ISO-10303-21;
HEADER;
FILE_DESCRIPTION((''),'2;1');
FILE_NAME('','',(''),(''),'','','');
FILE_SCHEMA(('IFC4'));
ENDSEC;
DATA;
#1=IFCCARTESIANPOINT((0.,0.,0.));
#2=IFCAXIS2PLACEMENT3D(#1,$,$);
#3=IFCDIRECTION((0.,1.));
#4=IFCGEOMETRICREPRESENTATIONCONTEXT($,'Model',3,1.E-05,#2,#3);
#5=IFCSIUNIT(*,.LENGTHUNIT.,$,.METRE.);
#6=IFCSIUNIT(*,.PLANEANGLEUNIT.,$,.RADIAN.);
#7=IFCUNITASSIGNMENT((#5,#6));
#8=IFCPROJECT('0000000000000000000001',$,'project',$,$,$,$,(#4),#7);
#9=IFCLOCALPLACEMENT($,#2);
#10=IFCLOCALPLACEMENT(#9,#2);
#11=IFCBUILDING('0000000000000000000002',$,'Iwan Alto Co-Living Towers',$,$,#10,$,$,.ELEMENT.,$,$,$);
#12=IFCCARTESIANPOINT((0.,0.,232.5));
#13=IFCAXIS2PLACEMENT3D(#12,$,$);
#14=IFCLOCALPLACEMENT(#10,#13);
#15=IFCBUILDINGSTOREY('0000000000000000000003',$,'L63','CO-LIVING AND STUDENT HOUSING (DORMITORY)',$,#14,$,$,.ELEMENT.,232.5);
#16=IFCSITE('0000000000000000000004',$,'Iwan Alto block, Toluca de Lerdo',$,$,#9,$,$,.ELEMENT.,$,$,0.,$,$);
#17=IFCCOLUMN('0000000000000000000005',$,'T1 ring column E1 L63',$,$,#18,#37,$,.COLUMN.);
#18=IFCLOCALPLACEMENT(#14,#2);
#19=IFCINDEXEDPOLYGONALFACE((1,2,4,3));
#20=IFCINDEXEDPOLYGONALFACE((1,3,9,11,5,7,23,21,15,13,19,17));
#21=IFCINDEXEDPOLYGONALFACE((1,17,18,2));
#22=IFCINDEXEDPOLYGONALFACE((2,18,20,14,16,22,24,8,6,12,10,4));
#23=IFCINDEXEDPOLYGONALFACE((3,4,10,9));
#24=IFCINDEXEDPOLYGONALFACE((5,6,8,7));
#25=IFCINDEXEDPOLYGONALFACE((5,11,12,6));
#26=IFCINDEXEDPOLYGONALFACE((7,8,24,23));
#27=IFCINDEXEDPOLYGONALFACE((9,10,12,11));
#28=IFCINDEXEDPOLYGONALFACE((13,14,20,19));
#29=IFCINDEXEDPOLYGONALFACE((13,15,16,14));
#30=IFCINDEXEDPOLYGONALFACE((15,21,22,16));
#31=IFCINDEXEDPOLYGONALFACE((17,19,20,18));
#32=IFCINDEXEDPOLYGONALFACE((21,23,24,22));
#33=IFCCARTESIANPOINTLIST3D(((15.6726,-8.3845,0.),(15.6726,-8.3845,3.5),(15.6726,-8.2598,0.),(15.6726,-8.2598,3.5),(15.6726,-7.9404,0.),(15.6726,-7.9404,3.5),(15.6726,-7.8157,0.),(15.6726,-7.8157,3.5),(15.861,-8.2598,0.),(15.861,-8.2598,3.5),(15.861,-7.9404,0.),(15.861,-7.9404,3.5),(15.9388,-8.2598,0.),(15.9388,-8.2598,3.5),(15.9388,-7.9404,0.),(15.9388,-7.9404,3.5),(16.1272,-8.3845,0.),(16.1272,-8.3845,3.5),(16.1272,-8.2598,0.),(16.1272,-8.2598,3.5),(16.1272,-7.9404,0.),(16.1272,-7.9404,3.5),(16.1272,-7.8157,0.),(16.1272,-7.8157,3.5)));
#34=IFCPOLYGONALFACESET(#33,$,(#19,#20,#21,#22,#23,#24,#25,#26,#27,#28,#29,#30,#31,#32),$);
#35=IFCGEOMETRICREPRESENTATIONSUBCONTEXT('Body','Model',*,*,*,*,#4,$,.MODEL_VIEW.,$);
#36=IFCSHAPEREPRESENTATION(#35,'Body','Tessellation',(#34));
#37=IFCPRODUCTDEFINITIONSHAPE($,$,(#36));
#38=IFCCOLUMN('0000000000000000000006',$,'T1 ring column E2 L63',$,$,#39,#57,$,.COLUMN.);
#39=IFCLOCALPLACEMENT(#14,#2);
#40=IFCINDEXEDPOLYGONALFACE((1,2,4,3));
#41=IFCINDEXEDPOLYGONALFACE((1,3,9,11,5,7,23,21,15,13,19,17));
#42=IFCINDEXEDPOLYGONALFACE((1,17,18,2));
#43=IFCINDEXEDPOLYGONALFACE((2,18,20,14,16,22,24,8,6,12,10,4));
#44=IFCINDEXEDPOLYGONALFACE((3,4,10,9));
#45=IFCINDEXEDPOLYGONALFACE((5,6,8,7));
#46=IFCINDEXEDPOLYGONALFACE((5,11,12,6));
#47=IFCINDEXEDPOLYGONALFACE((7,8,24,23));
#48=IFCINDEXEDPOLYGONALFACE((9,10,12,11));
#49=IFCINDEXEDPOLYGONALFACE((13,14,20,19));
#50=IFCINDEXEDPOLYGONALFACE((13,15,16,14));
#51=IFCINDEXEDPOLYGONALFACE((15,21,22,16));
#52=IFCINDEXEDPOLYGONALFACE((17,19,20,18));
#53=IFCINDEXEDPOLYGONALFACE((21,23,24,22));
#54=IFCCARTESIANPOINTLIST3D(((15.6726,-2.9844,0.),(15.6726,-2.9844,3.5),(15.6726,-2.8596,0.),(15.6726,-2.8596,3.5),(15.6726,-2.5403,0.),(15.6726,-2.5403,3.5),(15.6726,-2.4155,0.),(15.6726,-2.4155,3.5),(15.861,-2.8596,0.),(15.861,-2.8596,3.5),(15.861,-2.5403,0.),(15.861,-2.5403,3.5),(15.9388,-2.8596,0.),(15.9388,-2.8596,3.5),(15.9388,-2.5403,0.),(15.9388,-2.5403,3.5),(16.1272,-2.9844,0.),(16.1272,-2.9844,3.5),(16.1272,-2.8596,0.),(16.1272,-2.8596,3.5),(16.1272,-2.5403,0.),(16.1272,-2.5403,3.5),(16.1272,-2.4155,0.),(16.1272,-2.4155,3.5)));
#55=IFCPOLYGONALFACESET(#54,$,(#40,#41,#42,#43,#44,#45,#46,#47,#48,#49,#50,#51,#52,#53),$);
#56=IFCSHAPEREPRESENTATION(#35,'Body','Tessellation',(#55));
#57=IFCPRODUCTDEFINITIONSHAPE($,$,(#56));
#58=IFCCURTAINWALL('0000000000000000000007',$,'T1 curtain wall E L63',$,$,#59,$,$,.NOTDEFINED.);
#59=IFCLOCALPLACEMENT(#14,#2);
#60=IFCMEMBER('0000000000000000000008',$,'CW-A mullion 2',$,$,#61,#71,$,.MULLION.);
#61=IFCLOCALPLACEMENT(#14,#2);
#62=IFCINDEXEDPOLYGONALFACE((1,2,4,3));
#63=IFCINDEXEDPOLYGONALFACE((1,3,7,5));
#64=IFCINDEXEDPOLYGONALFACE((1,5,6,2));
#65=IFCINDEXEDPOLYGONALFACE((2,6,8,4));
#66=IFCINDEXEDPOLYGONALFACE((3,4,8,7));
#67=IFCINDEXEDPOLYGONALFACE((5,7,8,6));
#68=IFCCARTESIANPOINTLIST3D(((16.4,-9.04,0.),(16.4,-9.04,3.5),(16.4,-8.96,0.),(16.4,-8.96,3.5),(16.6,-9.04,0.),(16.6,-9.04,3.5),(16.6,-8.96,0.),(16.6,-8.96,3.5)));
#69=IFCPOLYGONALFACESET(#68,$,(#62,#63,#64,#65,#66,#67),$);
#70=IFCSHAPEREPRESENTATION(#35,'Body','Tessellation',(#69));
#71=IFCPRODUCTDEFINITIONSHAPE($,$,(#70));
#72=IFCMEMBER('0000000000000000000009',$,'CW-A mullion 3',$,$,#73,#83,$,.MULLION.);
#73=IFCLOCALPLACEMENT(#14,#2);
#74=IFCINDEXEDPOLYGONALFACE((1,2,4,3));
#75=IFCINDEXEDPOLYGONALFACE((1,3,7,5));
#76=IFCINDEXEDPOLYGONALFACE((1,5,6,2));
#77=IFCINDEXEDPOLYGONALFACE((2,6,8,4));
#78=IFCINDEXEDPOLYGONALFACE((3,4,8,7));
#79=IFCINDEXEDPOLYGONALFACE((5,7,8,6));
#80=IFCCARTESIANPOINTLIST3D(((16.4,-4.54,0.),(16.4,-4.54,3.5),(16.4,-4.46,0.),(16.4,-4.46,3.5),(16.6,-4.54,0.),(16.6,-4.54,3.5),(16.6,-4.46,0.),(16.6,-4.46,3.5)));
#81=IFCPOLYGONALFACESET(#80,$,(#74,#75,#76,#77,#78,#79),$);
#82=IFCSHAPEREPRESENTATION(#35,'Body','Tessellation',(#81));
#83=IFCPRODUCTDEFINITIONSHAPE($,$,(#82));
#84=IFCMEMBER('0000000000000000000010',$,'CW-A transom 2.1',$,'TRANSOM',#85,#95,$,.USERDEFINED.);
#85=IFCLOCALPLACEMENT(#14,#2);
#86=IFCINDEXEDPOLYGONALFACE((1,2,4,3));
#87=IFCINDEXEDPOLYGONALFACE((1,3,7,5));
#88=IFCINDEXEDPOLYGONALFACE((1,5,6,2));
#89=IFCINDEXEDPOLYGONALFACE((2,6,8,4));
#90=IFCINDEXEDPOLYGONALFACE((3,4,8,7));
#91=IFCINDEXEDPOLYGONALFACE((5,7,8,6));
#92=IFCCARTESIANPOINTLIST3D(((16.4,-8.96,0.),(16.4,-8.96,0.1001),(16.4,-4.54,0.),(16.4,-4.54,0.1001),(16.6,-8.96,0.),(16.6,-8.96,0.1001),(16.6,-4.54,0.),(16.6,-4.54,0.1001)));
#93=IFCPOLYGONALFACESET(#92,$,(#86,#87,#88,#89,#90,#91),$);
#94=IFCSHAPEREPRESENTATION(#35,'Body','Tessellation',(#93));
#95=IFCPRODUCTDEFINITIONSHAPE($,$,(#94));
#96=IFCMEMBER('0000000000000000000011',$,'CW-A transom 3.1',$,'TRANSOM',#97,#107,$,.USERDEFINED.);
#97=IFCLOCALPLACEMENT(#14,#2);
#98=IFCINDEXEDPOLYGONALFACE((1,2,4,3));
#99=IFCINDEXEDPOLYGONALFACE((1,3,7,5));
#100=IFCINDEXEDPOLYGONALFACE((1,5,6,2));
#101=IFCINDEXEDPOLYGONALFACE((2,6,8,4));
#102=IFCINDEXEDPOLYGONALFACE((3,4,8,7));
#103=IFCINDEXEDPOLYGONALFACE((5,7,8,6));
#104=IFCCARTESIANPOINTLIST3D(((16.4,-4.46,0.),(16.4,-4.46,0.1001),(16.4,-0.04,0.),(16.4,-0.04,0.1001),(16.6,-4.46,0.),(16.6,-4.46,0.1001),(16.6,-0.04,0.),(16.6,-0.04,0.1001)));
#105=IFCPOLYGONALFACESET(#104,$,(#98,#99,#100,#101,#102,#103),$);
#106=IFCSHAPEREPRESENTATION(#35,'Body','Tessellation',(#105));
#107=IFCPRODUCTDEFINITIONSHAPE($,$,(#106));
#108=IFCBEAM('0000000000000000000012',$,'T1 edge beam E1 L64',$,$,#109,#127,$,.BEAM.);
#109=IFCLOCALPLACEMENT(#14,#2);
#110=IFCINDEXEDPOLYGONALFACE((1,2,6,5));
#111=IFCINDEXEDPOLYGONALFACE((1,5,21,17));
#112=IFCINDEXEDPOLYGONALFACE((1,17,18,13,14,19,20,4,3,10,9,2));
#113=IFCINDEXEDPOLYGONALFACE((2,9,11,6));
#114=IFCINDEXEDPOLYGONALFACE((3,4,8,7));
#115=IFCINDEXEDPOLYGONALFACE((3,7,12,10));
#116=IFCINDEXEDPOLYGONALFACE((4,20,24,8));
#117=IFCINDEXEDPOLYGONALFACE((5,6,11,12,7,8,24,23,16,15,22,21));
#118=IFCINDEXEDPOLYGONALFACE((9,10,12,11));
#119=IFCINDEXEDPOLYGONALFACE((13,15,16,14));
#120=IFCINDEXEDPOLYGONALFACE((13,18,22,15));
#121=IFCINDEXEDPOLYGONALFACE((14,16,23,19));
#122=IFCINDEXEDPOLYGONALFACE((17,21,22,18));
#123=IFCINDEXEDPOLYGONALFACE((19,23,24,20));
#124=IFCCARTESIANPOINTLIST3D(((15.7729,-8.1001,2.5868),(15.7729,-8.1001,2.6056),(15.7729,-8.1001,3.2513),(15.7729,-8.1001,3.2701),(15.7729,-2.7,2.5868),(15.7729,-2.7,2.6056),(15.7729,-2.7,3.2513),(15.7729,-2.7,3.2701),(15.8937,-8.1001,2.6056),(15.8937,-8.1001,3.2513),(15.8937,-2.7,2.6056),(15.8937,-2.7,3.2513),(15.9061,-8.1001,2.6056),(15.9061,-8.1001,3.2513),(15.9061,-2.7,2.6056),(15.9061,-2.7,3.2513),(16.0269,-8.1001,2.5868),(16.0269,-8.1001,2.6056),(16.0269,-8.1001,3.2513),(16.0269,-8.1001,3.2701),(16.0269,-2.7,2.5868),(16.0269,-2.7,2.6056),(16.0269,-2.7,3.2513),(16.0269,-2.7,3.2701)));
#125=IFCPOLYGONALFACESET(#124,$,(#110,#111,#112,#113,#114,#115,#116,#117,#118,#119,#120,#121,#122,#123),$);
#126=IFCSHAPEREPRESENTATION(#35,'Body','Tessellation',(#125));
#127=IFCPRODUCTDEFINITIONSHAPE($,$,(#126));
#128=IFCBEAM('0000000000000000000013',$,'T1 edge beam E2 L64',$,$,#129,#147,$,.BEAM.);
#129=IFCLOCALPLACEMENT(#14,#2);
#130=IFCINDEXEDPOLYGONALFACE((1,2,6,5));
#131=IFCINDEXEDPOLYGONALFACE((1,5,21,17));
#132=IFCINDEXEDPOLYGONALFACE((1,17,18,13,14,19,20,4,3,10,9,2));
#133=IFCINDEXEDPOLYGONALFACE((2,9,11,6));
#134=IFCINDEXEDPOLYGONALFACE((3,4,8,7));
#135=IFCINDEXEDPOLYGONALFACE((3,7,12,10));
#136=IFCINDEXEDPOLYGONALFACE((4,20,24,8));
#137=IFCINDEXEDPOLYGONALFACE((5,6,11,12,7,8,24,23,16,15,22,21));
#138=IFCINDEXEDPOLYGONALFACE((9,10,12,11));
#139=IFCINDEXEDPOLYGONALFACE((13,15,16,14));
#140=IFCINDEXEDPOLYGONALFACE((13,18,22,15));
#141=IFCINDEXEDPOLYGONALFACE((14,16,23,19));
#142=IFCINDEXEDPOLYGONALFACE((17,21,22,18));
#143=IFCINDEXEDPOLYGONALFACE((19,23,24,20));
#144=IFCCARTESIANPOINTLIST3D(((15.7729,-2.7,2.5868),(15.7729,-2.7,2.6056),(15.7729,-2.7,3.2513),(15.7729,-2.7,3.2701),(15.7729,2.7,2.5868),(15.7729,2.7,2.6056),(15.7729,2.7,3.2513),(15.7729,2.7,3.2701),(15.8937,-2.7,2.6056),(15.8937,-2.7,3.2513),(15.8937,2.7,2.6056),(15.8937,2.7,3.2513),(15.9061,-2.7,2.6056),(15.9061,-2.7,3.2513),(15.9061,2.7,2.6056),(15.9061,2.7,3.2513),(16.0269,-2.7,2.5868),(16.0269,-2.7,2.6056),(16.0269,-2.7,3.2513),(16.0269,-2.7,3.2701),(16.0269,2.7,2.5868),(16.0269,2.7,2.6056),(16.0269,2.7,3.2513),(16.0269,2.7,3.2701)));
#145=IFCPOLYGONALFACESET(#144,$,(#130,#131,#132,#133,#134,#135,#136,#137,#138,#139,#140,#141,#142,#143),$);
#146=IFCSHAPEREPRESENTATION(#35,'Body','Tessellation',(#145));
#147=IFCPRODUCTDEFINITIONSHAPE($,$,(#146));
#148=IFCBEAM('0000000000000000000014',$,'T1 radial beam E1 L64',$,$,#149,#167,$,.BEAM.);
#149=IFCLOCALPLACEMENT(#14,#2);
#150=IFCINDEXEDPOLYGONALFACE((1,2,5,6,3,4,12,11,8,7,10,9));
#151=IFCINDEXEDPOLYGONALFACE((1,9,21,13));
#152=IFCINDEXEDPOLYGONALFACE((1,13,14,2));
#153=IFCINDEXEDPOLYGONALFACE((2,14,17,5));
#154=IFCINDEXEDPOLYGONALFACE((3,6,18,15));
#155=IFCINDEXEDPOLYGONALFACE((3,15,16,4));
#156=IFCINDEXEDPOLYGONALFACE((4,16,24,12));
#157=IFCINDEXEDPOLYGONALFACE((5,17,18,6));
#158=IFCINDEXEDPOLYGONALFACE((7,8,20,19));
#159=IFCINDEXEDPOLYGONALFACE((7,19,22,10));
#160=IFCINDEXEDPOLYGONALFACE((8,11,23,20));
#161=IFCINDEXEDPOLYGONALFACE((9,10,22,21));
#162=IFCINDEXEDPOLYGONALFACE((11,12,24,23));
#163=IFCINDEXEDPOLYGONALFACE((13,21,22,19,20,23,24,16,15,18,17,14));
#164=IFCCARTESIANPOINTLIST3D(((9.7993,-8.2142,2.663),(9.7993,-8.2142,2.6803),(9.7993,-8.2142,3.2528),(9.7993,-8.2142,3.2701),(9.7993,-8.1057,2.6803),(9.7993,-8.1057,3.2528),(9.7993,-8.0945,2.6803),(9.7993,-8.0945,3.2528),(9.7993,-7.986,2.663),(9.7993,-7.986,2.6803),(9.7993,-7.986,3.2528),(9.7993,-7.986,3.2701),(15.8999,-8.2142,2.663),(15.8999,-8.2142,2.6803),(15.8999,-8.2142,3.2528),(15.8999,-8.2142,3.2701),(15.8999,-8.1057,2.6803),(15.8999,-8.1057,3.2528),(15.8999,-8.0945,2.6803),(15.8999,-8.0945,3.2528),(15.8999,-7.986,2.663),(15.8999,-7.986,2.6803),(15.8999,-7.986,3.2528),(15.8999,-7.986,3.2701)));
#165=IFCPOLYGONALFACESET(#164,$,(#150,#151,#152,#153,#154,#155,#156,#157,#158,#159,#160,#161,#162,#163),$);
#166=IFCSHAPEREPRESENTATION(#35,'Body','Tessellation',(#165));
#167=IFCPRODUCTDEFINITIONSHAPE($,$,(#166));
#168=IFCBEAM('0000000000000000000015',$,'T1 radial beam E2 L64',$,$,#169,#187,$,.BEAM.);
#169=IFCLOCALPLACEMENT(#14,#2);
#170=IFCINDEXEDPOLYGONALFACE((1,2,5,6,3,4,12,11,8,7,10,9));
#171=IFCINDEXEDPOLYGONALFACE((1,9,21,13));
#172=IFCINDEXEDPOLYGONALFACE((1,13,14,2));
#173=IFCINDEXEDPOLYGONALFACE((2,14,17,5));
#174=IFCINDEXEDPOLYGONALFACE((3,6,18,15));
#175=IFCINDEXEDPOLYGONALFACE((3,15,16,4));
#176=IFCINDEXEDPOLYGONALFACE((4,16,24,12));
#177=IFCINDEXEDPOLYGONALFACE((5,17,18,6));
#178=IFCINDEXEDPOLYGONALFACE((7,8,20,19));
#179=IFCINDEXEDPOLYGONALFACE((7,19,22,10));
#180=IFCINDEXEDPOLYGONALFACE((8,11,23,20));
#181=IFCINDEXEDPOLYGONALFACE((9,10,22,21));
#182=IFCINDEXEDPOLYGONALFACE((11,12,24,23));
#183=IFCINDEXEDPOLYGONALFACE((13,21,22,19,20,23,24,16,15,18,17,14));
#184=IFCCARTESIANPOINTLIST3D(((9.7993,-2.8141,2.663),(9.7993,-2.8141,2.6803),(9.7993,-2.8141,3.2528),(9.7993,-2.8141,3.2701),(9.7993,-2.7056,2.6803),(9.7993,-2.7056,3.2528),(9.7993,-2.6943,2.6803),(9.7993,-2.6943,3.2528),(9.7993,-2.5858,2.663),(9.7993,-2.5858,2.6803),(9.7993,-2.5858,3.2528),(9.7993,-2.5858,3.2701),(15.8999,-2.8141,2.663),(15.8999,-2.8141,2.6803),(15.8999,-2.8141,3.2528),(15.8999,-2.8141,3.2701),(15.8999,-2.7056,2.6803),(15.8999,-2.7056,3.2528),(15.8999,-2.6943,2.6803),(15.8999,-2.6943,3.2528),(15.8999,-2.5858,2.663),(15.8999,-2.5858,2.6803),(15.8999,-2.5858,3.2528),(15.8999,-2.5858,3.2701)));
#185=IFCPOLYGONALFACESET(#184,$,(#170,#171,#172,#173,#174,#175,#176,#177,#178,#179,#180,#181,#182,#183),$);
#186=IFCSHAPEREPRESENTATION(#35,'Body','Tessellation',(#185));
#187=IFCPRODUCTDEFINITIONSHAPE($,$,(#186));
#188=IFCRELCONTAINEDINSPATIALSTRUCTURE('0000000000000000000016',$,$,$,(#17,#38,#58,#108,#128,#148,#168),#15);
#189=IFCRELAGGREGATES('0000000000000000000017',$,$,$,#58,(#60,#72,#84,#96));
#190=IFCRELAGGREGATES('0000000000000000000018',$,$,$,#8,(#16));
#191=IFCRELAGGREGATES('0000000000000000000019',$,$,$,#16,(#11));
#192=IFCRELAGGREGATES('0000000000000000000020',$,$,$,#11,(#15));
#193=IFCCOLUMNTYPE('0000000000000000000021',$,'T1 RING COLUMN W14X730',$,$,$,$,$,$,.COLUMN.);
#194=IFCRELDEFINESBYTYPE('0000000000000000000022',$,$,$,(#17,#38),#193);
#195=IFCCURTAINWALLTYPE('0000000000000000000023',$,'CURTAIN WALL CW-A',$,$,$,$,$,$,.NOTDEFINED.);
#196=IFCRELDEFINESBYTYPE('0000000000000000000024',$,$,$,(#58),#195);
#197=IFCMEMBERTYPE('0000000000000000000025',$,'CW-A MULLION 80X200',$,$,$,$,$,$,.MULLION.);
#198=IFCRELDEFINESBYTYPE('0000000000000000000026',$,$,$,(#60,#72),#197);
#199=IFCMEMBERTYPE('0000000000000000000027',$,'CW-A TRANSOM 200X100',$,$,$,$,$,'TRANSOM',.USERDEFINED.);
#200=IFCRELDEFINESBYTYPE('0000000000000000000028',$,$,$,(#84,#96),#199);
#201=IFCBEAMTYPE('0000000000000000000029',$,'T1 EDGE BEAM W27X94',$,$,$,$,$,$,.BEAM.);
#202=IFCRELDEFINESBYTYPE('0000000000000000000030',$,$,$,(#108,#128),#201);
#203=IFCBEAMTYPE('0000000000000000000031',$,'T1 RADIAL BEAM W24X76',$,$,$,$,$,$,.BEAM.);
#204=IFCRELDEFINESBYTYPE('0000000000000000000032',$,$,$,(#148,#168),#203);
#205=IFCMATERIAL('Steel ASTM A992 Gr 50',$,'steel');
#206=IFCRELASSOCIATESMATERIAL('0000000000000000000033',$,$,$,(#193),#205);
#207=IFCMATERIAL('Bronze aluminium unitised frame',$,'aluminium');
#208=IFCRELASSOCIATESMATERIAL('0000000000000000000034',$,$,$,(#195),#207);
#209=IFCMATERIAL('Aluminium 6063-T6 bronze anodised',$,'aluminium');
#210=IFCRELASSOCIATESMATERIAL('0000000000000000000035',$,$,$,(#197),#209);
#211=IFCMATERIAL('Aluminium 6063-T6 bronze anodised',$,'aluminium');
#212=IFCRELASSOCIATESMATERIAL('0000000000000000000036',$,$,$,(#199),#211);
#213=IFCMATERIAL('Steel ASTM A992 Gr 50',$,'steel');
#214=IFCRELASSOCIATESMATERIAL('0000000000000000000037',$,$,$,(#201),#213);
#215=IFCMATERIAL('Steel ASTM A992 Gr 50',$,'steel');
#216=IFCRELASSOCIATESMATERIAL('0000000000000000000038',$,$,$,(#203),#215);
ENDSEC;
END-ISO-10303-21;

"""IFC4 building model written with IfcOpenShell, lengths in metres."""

from ifc_helpers import new_model, si_unit, direction, frame, origin, origin_2d, place, context, subcontext, project, spatial, rectangle, i_section, extrude, material, material_profile, profile_set, type_object, element, aggregate, save


model = new_model("IFC4")

# Units and contexts
model_context = context("Model", 3, precision=1e-05, world=origin(), true_north=direction((0.0, 1.0)))
body_context = subcontext(model_context, "Body", "Model", "MODEL_VIEW")
ifc_project = project(units=[si_unit("LENGTHUNIT", "METRE"), si_unit("PLANEANGLEUNIT", "RADIAN")], contexts=[model_context])

# Site, building, storey
site_placement = place(None, origin())
site = spatial("IfcSite", under=ifc_project, at=site_placement, Name="Iwan Alto block, Toluca de Lerdo", CompositionType="ELEMENT", RefElevation=0.0)
building_placement = place(site_placement, origin())
building = spatial("IfcBuilding", under=site, at=building_placement, Name="Iwan Alto Co-Living Towers", CompositionType="ELEMENT")
storey_placement = place(building_placement, frame((0.0, 0.0, 232.5)))
storey = spatial("IfcBuildingStorey", under=building, at=storey_placement, Name="L63", Description="CO-LIVING AND STUDENT HOUSING (DORMITORY)", CompositionType="ELEMENT", Elevation=232.5)

# Columns
ifc_material_1 = material(Name="Steel ASTM A992 Gr 50", Category="steel")
ifc_material_profile_1 = material_profile(ifc_material_1, i_section(OverallWidth=0.4546, OverallDepth=0.5688, WebThickness=0.0779, FlangeThickness=0.1248, at=origin_2d()), Name="W14X730")
ifc_profile_set_1 = profile_set([ifc_material_profile_1], Name="Steel ASTM A992 Gr 50")
column_type = type_object("IfcColumnType", Name="T1 RING COLUMN W14X730", PredefinedType="COLUMN", material=ifc_profile_set_1)
for number, where, z_axis, x_axis, name in (
    (1, (15.8999, -8.1001, 0.0), (0.0, 0.0, 1.0), (1.0, 0.0, 0.0), "T1 ring column E1 L63"),
    (2, (15.8999, -2.7, 0.0), (0.0, 0.0, 1.0), (1.0, 0.0, 0.0), "T1 ring column E2 L63"),
):
    element("IfcColumn", number, at=place(storey_placement, frame(where, z_axis=z_axis, x_axis=x_axis)), inside=storey, type_object=column_type, Name=name, PredefinedType="COLUMN", context=body_context, shape_type="SweptSolid", body=[
        extrude(i_section(OverallWidth=0.4546, OverallDepth=0.5688, WebThickness=0.0779, FlangeThickness=0.1248, at=origin_2d()), origin(), (0.0, 0.0, 1.0), 3.5),
    ])

# Curtain wall, members
ifc_material_2 = material(Name="Bronze aluminium unitised frame", Category="aluminium")
curtain_wall_type = type_object("IfcCurtainWallType", Name="CURTAIN WALL CW-A", PredefinedType="NOTDEFINED", material=ifc_material_2)
curtain_wall_placement = place(storey_placement, origin())
curtain_wall = element("IfcCurtainWall", 3, at=curtain_wall_placement, inside=storey, type_object=curtain_wall_type, Name="T1 curtain wall E L63", PredefinedType="NOTDEFINED")
ifc_material_3 = material(Name="Aluminium 6063-T6 bronze anodised", Category="aluminium")
ifc_material_profile_2 = material_profile(ifc_material_3, rectangle(XDim=0.2, YDim=0.0801, at=origin_2d()), Name="AL 80X200")
ifc_profile_set_2 = profile_set([ifc_material_profile_2], Name="Aluminium 6063-T6 bronze anodised")
member_type_1 = type_object("IfcMemberType", Name="CW-A MULLION 80X200", PredefinedType="MULLION", material=ifc_profile_set_2)
member_1_placement = place(storey_placement, frame((16.5, -9.0, 0.0), z_axis=(0.0, 0.0, 1.0), x_axis=(-1.0, 0.0, 0.0)))
member_1 = element("IfcMember", 4, at=member_1_placement, type_object=member_type_1, Name="CW-A mullion 2", PredefinedType="MULLION", context=body_context, shape_type="SweptSolid", body=[
    extrude(rectangle(XDim=0.2, YDim=0.0801, at=origin_2d()), origin(), (0.0, 0.0, 1.0), 3.5),
])
member_2_placement = place(storey_placement, frame((16.5, -4.5, 0.0), z_axis=(0.0, 0.0, 1.0), x_axis=(-1.0, 0.0, 0.0)))
member_2 = element("IfcMember", 5, at=member_2_placement, type_object=member_type_1, Name="CW-A mullion 3", PredefinedType="MULLION", context=body_context, shape_type="SweptSolid", body=[
    extrude(rectangle(XDim=0.2, YDim=0.0801, at=origin_2d()), origin(), (0.0, 0.0, 1.0), 3.5),
])
ifc_material_4 = material(Name="Aluminium 6063-T6 bronze anodised", Category="aluminium")
ifc_material_profile_3 = material_profile(ifc_material_4, rectangle(XDim=0.2, YDim=0.1001, at=origin_2d()), Name="AL 200X100")
ifc_profile_set_3 = profile_set([ifc_material_profile_3], Name="Aluminium 6063-T6 bronze anodised")
member_type_2 = type_object("IfcMemberType", Name="CW-A TRANSOM 200X100", ElementType="TRANSOM", PredefinedType="USERDEFINED", material=ifc_profile_set_3)
member_3_placement = place(storey_placement, frame((16.5, -8.96, 0.05), z_axis=(0.0, 1.0, 0.0), x_axis=(-1.0, 0.0, 0.0)))
member_3 = element("IfcMember", 6, at=member_3_placement, type_object=member_type_2, Name="CW-A transom 2.1", ObjectType="TRANSOM", PredefinedType="USERDEFINED", context=body_context, shape_type="SweptSolid", body=[
    extrude(rectangle(XDim=0.2, YDim=0.1001, at=origin_2d()), origin(), (0.0, 0.0, 1.0), 4.4199),
])
member_4_placement = place(storey_placement, frame((16.5, -4.46, 0.05), z_axis=(0.0, 1.0, 0.0), x_axis=(-1.0, 0.0, 0.0)))
member_4 = element("IfcMember", 7, at=member_4_placement, type_object=member_type_2, Name="CW-A transom 3.1", ObjectType="TRANSOM", PredefinedType="USERDEFINED", context=body_context, shape_type="SweptSolid", body=[
    extrude(rectangle(XDim=0.2, YDim=0.1001, at=origin_2d()), origin(), (0.0, 0.0, 1.0), 4.4199),
])

# Beams
ifc_material_5 = material(Name="Steel ASTM A992 Gr 50", Category="steel")
ifc_material_profile_4 = material_profile(ifc_material_5, i_section(OverallWidth=0.2539, OverallDepth=0.6833, WebThickness=0.0125, FlangeThickness=0.0188, at=origin_2d()), Name="W27X94")
ifc_profile_set_4 = profile_set([ifc_material_profile_4], Name="Steel ASTM A992 Gr 50")
beam_type_1 = type_object("IfcBeamType", Name="T1 EDGE BEAM W27X94", PredefinedType="BEAM", material=ifc_profile_set_4)
beam_1_placement = place(storey_placement, frame((15.8999, -8.1001, 2.9285), z_axis=(0.0, 1.0, 0.0), x_axis=(-1.0, 0.0, 0.0)))
element("IfcBeam", 8, at=beam_1_placement, inside=storey, type_object=beam_type_1, Name="T1 edge beam E1 L64", PredefinedType="BEAM", context=body_context, shape_type="SweptSolid", body=[
    extrude(i_section(OverallWidth=0.2539, OverallDepth=0.6833, WebThickness=0.0125, FlangeThickness=0.0188, at=origin_2d()), origin(), (0.0, 0.0, 1.0), 5.4001),
])
beam_2_placement = place(storey_placement, frame((15.8999, -2.7, 2.9285), z_axis=(0.0, 1.0, 0.0), x_axis=(-1.0, 0.0, 0.0)))
element("IfcBeam", 9, at=beam_2_placement, inside=storey, type_object=beam_type_1, Name="T1 edge beam E2 L64", PredefinedType="BEAM", context=body_context, shape_type="SweptSolid", body=[
    extrude(i_section(OverallWidth=0.2539, OverallDepth=0.6833, WebThickness=0.0125, FlangeThickness=0.0188, at=origin_2d()), origin(), (0.0, 0.0, 1.0), 5.3999),
])
ifc_material_6 = material(Name="Steel ASTM A992 Gr 50", Category="steel")
ifc_material_profile_5 = material_profile(ifc_material_6, i_section(OverallWidth=0.2283, OverallDepth=0.6072, WebThickness=0.0112, FlangeThickness=0.0173, at=origin_2d()), Name="W24X76")
ifc_profile_set_5 = profile_set([ifc_material_profile_5], Name="Steel ASTM A992 Gr 50")
beam_type_2 = type_object("IfcBeamType", Name="T1 RADIAL BEAM W24X76", PredefinedType="BEAM", material=ifc_profile_set_5)
for number, where, z_axis, x_axis, name in (
    (10, (15.8999, -8.1001, 2.9666), (-1.0, 0.0, 0.0), (0.0, -1.0, 0.0), "T1 radial beam E1 L64"),
    (11, (15.8999, -2.7, 2.9666), (-1.0, 0.0, 0.0), (0.0, -1.0, 0.0), "T1 radial beam E2 L64"),
):
    element("IfcBeam", number, at=place(storey_placement, frame(where, z_axis=z_axis, x_axis=x_axis)), inside=storey, type_object=beam_type_2, Name=name, PredefinedType="BEAM", context=body_context, shape_type="SweptSolid", body=[
        extrude(i_section(OverallWidth=0.2283, OverallDepth=0.6072, WebThickness=0.0112, FlangeThickness=0.0173, at=origin_2d()), origin(), (0.0, 0.0, 1.0), 6.1006),
    ])

aggregate(curtain_wall, [member_1, member_2, member_3, member_4])

save(model, "model.ifc")
